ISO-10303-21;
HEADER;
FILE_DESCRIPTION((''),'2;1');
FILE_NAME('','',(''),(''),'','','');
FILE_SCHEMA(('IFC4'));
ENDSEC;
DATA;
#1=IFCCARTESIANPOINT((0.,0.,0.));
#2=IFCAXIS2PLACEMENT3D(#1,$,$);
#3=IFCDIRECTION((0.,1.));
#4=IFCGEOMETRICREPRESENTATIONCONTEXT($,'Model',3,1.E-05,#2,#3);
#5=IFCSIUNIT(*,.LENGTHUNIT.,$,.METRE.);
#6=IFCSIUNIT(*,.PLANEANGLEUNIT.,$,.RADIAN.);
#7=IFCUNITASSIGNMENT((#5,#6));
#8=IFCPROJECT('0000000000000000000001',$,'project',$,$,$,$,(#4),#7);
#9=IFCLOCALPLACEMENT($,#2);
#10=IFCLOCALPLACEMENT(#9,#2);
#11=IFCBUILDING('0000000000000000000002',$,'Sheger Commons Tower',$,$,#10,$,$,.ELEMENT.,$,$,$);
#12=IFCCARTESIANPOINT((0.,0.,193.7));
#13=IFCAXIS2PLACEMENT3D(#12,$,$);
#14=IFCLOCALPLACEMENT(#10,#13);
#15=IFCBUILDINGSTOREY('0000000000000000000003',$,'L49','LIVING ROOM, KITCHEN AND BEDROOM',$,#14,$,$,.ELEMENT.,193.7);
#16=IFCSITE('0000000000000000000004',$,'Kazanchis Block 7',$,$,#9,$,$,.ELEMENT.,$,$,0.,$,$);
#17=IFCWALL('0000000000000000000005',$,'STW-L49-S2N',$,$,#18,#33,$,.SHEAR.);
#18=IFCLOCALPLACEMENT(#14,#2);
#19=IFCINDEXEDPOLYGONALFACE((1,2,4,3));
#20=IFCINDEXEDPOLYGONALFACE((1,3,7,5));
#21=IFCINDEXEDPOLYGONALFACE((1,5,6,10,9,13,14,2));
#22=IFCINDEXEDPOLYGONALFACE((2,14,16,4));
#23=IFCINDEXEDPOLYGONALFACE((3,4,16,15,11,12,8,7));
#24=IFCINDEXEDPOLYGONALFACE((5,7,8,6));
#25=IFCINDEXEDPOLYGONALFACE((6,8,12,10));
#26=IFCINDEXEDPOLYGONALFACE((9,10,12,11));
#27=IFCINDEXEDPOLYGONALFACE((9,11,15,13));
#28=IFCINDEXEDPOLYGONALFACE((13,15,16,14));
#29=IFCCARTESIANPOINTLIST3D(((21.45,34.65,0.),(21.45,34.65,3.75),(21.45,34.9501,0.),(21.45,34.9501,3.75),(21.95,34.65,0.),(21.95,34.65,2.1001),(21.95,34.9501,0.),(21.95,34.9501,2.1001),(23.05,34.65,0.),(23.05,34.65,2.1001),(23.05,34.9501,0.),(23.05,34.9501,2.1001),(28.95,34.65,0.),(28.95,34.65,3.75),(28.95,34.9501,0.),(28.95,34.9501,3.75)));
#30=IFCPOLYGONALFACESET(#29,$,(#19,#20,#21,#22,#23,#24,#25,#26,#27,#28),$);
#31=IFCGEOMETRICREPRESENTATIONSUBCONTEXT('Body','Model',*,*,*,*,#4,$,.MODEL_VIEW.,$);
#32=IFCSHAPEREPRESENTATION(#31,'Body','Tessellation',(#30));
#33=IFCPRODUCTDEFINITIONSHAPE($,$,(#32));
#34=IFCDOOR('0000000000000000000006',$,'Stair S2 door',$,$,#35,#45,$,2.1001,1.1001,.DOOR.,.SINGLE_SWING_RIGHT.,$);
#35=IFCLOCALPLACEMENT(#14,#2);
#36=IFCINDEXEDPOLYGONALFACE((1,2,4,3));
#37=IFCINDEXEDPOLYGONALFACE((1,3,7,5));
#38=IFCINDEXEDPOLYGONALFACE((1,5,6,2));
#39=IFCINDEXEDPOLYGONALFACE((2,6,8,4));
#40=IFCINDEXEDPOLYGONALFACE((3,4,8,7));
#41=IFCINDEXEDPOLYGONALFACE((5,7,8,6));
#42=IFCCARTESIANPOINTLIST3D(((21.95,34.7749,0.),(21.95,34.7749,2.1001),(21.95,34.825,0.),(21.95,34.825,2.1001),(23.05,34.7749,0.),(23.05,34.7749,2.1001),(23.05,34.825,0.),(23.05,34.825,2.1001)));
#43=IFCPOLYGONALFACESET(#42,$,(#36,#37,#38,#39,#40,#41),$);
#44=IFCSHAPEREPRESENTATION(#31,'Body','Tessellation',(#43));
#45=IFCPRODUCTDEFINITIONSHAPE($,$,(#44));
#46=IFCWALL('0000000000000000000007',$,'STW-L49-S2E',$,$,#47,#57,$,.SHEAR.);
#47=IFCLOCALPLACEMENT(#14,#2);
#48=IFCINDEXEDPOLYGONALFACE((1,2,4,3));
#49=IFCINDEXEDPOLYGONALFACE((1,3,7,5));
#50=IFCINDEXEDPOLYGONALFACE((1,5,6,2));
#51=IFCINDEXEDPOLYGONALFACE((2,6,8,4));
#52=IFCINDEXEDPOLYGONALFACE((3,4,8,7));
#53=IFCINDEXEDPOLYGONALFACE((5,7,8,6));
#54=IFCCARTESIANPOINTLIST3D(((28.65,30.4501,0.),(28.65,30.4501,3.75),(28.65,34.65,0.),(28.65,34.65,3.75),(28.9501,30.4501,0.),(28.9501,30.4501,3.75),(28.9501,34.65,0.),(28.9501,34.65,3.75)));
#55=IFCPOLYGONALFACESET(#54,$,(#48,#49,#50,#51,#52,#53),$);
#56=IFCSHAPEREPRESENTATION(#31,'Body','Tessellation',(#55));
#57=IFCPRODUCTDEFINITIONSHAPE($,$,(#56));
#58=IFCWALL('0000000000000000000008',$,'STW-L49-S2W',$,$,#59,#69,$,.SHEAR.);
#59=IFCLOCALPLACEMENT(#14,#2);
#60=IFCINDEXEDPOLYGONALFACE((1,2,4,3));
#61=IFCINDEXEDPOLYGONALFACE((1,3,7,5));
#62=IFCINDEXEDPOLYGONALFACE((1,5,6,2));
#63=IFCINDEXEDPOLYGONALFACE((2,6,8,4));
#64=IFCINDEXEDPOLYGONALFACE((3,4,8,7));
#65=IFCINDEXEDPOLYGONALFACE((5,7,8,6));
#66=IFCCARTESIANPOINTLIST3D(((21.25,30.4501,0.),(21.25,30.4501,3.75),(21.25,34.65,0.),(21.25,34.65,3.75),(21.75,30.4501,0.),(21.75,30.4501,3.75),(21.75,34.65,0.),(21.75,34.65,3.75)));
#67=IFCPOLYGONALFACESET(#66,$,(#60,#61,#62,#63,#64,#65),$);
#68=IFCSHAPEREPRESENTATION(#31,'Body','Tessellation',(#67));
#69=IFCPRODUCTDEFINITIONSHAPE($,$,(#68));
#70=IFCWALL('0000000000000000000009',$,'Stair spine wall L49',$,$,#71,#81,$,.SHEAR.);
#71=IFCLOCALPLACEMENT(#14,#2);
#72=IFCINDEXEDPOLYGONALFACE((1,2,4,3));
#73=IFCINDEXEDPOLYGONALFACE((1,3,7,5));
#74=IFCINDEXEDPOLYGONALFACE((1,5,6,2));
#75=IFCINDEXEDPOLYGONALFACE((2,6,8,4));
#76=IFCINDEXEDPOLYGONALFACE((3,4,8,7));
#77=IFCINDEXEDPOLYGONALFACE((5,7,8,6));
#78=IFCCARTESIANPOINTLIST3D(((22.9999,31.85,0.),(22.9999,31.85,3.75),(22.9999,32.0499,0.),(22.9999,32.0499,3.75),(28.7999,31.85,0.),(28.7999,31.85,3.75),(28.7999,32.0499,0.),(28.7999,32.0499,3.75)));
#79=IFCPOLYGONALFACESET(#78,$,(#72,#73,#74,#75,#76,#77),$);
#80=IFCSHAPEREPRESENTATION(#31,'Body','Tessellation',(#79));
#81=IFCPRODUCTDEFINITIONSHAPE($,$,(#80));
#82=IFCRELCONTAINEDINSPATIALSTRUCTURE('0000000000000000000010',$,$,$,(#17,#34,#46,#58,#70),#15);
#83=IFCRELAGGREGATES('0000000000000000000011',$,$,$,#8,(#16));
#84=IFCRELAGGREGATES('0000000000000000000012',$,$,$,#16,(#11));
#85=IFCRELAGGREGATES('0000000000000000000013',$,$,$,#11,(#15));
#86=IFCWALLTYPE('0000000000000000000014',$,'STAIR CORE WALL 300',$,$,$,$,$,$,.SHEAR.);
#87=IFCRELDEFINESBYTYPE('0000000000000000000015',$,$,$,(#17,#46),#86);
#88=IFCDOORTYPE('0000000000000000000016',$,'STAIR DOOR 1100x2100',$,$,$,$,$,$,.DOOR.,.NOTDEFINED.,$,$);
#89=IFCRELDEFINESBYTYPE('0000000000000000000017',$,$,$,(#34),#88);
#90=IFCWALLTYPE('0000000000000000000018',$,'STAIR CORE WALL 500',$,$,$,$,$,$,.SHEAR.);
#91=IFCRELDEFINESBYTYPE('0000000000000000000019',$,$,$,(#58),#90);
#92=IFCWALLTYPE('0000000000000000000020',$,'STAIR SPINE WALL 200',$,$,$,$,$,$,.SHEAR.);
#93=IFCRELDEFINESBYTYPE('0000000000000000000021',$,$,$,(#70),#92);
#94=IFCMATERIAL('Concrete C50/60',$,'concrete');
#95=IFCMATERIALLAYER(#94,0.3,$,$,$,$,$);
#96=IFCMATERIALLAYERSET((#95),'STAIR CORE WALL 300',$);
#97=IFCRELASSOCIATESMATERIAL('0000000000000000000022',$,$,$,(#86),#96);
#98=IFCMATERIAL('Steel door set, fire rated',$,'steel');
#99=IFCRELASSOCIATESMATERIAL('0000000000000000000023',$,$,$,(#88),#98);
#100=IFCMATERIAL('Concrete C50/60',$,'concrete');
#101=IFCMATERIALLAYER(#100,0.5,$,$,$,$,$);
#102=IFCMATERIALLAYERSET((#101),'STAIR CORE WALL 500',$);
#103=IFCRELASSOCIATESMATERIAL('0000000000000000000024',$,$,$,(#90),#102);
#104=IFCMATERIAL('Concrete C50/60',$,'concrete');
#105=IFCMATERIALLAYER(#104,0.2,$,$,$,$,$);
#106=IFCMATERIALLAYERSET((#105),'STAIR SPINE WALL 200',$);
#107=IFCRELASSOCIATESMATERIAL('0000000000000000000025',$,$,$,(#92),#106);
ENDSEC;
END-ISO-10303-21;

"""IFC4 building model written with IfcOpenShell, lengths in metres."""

from ifc_helpers import new_model, si_unit, direction, frame, frame_2d, origin, place, context, subcontext, project, spatial, rectangle, extrude, material, layer, layer_set, type_object, element, fill, save


model = new_model("IFC4")

# Units and contexts
model_context = context("Model", 3, precision=1e-05, world=origin(), true_north=direction((0.0, 1.0)))
body_context = subcontext(model_context, "Body", "Model", "MODEL_VIEW")
ifc_project = project(units=[si_unit("LENGTHUNIT", "METRE"), si_unit("PLANEANGLEUNIT", "RADIAN")], contexts=[model_context])

# Site, building, storey
site_placement = place(None, origin())
site = spatial("IfcSite", under=ifc_project, at=site_placement, Name="Kazanchis Block 7", CompositionType="ELEMENT", RefElevation=0.0)
building_placement = place(site_placement, origin())
building = spatial("IfcBuilding", under=site, at=building_placement, Name="Sheger Commons Tower", CompositionType="ELEMENT")
storey_placement = place(building_placement, frame((0.0, 0.0, 193.7)))
storey = spatial("IfcBuildingStorey", under=building, at=storey_placement, Name="L49", Description="LIVING ROOM, KITCHEN AND BEDROOM", CompositionType="ELEMENT", Elevation=193.7)

# Wall, opening, door
ifc_material_1 = material(Name="Concrete C50/60", Category="concrete")
ifc_layer_1 = layer(ifc_material_1, 0.3)
ifc_layer_set_1 = layer_set([ifc_layer_1], Name="STAIR CORE WALL 300")
wall_type_1 = type_object("IfcWallType", Name="STAIR CORE WALL 300", PredefinedType="SHEAR", material=ifc_layer_set_1)
wall_1_placement = place(storey_placement, frame((21.45, 34.8, 0.0), z_axis=(0.0, 0.0, 1.0), x_axis=(1.0, 0.0, 0.0)))
wall_1 = element("IfcWall", 1, at=wall_1_placement, inside=storey, type_object=wall_type_1, Name="STW-L49-S2N", PredefinedType="SHEAR", context=body_context, shape_type="SweptSolid", body=[
    extrude(rectangle(XDim=7.5, YDim=0.3, at=frame_2d((3.75, 0.0))), origin(), (0.0, 0.0, 1.0), 3.75),
])
opening_1_placement = place(wall_1_placement, frame((0.5, 0.0, 0.0)))
opening_1 = element("IfcOpeningElement", 2, at=opening_1_placement, cuts=wall_1, PredefinedType="OPENING", context=body_context, shape_type="SweptSolid", body=[
    extrude(rectangle(XDim=1.1001, YDim=2.1001, at=frame_2d((0.55, 1.05))), frame((0.0, 0.1599, 0.0), z_axis=(0.0, -1.0, 0.0), x_axis=(1.0, 0.0, 0.0)), (0.0, 0.0, 1.0), 0.3201),
])
ifc_material_2 = material(Name="Steel door set, fire rated", Category="steel")
door_type_1 = type_object("IfcDoorType", Name="STAIR DOOR 1100x2100", OperationType="NOTDEFINED", PredefinedType="DOOR", material=ifc_material_2)
door_1_placement = place(opening_1_placement, origin())
door_1 = element("IfcDoor", 3, at=door_1_placement, inside=storey, type_object=door_type_1, Name="Stair S2 door", OperationType="SINGLE_SWING_RIGHT", OverallHeight=2.1001, OverallWidth=1.1001, PredefinedType="DOOR", context=body_context, shape_type="SweptSolid", body=[
    extrude(rectangle(XDim=1.1001, YDim=2.1001, at=frame_2d((0.55, 1.05))), frame((0.0, 0.0249, 0.0), z_axis=(0.0, -1.0, 0.0), x_axis=(1.0, 0.0, 0.0)), (0.0, 0.0, 1.0), 0.05),
])
fill(opening_1, door_1)

# Walls
wall_2_placement = place(storey_placement, frame((28.8, 30.45, 0.0), z_axis=(0.0, 0.0, 1.0), x_axis=(0.0, 1.0, 0.0)))
element("IfcWall", 4, at=wall_2_placement, inside=storey, type_object=wall_type_1, Name="STW-L49-S2E", PredefinedType="SHEAR", context=body_context, shape_type="SweptSolid", body=[
    extrude(rectangle(XDim=4.2, YDim=0.3, at=frame_2d((2.1001, 0.0))), origin(), (0.0, 0.0, 1.0), 3.75),
])
ifc_material_3 = material(Name="Concrete C50/60", Category="concrete")
ifc_layer_2 = layer(ifc_material_3, 0.5)
ifc_layer_set_2 = layer_set([ifc_layer_2], Name="STAIR CORE WALL 500")
wall_type_2 = type_object("IfcWallType", Name="STAIR CORE WALL 500", PredefinedType="SHEAR", material=ifc_layer_set_2)
wall_3_placement = place(storey_placement, frame((21.5, 30.45, 0.0), z_axis=(0.0, 0.0, 1.0), x_axis=(0.0, 1.0, 0.0)))
element("IfcWall", 5, at=wall_3_placement, inside=storey, type_object=wall_type_2, Name="STW-L49-S2W", PredefinedType="SHEAR", context=body_context, shape_type="SweptSolid", body=[
    extrude(rectangle(XDim=4.2, YDim=0.5, at=frame_2d((2.1001, 0.0))), origin(), (0.0, 0.0, 1.0), 3.75),
])
ifc_material_4 = material(Name="Concrete C50/60", Category="concrete")
ifc_layer_3 = layer(ifc_material_4, 0.2)
ifc_layer_set_3 = layer_set([ifc_layer_3], Name="STAIR SPINE WALL 200")
wall_type_3 = type_object("IfcWallType", Name="STAIR SPINE WALL 200", PredefinedType="SHEAR", material=ifc_layer_set_3)
wall_4_placement = place(storey_placement, frame((23.0, 31.95, 0.0), z_axis=(0.0, 0.0, 1.0), x_axis=(1.0, 0.0, 0.0)))
element("IfcWall", 6, at=wall_4_placement, inside=storey, type_object=wall_type_3, Name="Stair spine wall L49", PredefinedType="SHEAR", context=body_context, shape_type="SweptSolid", body=[
    extrude(rectangle(XDim=5.8, YDim=0.2, at=frame_2d((2.8999, 0.0))), origin(), (0.0, 0.0, 1.0), 3.75),
])

save(model, "model.ifc")
